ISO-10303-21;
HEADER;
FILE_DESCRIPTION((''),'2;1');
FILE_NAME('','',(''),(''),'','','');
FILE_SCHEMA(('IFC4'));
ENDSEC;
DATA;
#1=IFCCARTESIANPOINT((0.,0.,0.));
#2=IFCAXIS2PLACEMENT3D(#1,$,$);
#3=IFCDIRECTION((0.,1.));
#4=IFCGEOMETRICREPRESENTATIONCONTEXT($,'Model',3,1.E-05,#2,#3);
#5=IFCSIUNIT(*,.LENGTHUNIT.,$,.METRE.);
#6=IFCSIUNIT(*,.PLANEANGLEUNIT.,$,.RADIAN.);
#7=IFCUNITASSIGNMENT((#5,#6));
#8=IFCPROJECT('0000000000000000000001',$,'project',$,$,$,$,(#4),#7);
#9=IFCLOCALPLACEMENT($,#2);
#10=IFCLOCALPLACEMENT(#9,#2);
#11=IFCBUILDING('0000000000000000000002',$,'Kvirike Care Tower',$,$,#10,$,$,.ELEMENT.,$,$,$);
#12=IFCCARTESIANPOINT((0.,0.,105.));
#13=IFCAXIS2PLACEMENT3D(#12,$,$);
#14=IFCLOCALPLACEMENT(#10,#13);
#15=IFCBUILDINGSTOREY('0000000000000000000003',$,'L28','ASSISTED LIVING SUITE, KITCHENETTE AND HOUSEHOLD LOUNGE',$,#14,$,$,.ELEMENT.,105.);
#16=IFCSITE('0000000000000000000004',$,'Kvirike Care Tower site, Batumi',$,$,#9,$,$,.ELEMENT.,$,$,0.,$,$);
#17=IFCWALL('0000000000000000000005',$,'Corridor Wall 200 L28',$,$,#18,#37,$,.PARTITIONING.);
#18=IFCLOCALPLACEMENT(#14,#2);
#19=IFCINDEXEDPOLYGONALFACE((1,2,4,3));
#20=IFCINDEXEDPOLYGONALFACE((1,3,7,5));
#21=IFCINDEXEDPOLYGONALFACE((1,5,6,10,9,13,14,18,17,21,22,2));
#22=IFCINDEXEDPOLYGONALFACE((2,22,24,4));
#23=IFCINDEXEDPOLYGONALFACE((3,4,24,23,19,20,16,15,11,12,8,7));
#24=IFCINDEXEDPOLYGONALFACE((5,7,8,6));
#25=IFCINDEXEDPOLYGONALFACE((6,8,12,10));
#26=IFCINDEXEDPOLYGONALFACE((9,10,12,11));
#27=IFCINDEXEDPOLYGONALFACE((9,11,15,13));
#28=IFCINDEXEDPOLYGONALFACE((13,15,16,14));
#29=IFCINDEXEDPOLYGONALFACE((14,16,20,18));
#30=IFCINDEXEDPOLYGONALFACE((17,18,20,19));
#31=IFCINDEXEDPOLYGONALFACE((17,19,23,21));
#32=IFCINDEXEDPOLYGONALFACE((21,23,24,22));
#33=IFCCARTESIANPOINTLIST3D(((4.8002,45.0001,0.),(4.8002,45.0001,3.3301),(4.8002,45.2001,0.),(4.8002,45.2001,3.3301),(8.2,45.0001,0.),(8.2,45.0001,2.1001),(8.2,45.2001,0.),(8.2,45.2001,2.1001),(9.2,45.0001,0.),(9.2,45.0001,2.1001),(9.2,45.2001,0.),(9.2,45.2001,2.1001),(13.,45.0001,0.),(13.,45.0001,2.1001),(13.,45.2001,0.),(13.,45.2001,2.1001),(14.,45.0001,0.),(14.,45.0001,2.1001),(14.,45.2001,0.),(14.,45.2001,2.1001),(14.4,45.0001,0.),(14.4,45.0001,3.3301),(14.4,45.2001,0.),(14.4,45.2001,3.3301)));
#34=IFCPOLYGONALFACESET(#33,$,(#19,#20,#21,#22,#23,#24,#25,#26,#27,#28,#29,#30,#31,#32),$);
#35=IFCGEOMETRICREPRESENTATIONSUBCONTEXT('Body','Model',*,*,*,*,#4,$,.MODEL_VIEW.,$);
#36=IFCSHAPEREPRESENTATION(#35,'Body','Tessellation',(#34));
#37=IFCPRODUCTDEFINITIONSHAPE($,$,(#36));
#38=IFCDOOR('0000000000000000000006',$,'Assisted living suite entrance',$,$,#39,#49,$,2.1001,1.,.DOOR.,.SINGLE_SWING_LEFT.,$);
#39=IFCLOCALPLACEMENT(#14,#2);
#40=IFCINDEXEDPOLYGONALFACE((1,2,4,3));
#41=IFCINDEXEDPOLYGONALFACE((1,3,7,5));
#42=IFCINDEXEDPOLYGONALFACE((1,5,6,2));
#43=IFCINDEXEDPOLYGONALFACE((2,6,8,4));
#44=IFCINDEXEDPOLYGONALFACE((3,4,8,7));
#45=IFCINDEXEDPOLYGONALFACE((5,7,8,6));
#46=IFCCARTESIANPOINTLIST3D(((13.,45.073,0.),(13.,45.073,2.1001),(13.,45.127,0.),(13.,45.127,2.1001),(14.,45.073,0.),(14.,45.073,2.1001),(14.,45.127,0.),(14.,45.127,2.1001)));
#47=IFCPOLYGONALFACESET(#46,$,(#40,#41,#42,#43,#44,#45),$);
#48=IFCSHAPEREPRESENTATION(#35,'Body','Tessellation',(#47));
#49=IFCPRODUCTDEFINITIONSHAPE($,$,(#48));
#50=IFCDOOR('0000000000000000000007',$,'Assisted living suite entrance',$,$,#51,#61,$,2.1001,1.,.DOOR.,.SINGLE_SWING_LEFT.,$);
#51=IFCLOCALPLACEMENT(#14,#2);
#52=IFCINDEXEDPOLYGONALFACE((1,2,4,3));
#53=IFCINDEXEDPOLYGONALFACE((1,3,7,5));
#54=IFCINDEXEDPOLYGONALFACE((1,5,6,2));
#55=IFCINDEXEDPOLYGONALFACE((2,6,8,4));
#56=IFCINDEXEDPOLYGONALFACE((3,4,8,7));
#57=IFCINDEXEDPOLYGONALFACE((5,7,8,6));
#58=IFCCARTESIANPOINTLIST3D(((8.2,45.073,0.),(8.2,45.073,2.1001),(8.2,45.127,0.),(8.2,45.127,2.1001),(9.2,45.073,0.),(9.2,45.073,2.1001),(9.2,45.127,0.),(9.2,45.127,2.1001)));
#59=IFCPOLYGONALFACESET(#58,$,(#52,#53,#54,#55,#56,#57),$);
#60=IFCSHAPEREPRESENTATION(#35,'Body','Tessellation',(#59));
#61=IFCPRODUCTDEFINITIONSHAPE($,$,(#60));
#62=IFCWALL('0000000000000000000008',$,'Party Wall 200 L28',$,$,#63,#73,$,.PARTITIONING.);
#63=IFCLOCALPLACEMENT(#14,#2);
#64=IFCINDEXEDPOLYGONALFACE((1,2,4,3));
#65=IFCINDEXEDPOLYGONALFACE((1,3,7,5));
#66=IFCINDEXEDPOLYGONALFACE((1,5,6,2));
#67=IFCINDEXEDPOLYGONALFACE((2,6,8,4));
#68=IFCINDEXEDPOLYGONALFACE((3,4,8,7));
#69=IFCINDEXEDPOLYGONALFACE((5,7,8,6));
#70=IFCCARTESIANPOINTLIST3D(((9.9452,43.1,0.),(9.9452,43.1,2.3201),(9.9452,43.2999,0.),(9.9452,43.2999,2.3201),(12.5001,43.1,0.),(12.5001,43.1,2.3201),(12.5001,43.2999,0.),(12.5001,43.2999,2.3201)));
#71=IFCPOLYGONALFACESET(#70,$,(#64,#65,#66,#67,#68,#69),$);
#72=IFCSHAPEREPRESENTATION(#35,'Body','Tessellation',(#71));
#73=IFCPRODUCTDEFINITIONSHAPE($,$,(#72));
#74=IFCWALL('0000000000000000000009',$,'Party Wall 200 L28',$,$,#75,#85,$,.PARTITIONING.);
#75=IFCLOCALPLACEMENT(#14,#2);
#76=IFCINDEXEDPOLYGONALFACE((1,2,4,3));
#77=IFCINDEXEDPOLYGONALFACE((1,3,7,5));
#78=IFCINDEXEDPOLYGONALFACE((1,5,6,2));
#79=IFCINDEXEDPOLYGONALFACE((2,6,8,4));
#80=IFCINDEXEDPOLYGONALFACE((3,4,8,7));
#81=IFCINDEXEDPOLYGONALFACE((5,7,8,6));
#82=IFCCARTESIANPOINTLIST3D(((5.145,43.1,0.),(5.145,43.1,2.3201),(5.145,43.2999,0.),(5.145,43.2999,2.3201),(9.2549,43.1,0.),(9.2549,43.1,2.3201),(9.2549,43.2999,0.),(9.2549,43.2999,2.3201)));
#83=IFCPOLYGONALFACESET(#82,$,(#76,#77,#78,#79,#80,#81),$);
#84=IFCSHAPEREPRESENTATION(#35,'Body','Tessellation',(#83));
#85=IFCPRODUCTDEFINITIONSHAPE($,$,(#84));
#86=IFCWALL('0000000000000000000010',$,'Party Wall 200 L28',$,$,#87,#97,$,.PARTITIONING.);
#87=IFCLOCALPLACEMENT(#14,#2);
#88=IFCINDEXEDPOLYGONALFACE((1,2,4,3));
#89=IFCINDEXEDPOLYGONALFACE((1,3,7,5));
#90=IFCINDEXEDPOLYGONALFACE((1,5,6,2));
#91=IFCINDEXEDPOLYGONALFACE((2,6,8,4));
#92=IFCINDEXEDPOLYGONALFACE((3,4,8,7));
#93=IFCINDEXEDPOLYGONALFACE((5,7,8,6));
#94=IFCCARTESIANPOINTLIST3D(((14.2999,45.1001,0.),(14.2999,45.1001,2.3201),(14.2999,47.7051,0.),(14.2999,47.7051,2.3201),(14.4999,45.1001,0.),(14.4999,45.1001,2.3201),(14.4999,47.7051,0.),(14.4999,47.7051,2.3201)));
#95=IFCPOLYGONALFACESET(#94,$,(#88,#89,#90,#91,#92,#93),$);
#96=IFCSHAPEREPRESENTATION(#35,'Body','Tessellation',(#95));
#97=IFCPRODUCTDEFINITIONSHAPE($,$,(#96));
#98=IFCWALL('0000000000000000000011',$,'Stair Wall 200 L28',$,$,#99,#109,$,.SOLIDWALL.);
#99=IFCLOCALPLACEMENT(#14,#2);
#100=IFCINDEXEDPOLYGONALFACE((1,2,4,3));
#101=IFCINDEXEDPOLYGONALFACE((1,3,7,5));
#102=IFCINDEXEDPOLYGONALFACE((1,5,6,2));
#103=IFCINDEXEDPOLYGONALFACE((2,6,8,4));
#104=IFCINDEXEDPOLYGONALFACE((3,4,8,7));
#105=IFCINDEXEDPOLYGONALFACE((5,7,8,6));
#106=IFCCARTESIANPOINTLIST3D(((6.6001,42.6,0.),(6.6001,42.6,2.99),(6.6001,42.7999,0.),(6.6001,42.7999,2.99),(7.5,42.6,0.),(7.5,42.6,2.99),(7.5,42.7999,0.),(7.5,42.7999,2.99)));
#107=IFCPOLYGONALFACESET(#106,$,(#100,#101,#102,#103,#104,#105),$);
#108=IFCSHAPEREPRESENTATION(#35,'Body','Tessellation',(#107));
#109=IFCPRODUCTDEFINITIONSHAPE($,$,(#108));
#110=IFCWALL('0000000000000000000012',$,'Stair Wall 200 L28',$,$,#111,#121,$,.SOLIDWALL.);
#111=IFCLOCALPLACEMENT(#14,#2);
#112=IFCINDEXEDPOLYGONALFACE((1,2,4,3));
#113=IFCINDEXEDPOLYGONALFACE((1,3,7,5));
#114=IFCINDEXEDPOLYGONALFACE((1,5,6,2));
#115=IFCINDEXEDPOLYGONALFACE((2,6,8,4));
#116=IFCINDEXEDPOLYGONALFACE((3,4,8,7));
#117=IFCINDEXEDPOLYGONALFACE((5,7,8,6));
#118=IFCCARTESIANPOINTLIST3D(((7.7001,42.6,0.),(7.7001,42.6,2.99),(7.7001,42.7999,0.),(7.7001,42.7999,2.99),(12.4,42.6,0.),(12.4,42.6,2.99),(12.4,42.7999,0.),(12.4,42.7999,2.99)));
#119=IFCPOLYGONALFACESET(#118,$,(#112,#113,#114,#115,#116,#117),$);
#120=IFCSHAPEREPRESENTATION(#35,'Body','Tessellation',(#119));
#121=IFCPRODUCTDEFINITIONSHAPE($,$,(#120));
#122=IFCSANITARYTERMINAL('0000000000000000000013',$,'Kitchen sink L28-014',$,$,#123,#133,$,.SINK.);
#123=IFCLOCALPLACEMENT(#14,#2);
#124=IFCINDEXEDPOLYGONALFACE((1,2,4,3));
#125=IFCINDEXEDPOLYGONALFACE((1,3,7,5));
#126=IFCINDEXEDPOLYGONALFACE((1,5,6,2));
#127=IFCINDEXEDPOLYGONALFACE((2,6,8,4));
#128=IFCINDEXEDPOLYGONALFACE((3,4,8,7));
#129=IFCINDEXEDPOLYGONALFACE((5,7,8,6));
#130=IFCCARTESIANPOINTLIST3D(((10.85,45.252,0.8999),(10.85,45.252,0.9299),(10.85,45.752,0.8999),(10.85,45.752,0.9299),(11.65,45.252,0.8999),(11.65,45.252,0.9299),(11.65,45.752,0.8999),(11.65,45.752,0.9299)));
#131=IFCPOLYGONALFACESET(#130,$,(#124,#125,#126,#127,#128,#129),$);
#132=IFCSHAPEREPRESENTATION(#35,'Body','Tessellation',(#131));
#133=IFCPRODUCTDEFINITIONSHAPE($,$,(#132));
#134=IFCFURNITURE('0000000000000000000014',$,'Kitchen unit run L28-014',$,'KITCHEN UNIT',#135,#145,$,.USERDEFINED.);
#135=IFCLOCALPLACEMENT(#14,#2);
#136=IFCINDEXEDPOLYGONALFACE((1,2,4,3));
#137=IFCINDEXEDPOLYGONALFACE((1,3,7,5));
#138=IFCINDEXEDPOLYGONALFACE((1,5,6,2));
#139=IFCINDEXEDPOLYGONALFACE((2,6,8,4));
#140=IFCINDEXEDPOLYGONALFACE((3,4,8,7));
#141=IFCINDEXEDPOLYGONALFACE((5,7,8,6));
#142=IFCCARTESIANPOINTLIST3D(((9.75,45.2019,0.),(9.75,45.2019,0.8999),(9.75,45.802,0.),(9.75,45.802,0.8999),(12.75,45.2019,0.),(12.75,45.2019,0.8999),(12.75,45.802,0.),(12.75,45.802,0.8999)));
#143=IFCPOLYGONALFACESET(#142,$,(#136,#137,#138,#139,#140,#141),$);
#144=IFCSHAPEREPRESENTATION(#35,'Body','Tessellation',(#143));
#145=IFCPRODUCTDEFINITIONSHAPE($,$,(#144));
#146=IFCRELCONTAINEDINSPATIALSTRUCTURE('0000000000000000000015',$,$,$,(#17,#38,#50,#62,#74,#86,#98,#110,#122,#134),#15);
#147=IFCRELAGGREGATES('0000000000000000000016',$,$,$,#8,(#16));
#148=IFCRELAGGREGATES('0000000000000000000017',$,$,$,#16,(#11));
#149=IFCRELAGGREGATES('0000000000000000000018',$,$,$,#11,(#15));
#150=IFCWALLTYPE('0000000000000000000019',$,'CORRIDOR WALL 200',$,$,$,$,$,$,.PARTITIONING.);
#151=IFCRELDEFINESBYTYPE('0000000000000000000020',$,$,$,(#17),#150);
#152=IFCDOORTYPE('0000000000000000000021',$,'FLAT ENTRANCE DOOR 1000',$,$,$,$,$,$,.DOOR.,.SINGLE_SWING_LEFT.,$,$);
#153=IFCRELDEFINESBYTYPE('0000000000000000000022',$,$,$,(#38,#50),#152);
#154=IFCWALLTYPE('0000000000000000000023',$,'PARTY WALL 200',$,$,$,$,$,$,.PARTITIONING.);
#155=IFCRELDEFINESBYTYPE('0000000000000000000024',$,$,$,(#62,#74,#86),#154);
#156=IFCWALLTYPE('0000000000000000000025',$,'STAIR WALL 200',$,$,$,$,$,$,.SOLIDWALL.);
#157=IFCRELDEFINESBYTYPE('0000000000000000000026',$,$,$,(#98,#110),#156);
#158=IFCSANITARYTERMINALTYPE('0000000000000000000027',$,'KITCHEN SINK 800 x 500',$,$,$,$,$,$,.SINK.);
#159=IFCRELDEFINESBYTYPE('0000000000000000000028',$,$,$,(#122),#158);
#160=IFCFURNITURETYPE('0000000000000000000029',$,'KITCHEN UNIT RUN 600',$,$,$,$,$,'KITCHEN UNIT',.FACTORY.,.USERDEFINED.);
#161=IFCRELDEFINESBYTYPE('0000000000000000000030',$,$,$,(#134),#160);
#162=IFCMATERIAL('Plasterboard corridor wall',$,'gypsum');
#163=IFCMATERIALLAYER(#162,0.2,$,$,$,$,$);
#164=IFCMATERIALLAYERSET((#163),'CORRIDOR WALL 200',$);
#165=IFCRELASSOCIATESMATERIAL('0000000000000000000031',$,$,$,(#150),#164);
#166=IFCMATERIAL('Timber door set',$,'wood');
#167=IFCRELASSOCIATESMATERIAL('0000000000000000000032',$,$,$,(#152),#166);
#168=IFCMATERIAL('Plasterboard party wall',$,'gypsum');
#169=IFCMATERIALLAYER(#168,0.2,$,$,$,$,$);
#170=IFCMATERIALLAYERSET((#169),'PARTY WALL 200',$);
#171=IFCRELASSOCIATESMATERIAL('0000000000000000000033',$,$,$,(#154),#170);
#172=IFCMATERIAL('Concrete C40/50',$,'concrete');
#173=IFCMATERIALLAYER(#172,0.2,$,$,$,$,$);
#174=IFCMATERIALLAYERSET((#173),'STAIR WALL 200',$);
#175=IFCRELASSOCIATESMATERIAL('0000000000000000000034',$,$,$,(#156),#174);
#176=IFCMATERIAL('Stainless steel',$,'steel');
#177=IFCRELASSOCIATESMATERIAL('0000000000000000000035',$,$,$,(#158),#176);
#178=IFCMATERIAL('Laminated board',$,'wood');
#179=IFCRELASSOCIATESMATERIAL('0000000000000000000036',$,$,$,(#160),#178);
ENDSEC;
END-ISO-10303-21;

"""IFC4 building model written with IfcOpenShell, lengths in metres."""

from ifc_helpers import new_model, si_unit, direction, frame, frame_2d, origin, origin_2d, place, context, subcontext, project, spatial, rectangle, extrude, material, layer, layer_set, type_object, element, fill, save


model = new_model("IFC4")

# Units and contexts
model_context = context("Model", 3, precision=1e-05, world=origin(), true_north=direction((0.0, 1.0)))
body_context = subcontext(model_context, "Body", "Model", "MODEL_VIEW")
ifc_project = project(units=[si_unit("LENGTHUNIT", "METRE"), si_unit("PLANEANGLEUNIT", "RADIAN")], contexts=[model_context])

# Site, building, storey
site_placement = place(None, origin())
site = spatial("IfcSite", under=ifc_project, at=site_placement, Name="Kvirike Care Tower site, Batumi", CompositionType="ELEMENT", RefElevation=0.0)
building_placement = place(site_placement, origin())
building = spatial("IfcBuilding", under=site, at=building_placement, Name="Kvirike Care Tower", CompositionType="ELEMENT")
storey_placement = place(building_placement, frame((0.0, 0.0, 105.0)))
storey = spatial("IfcBuildingStorey", under=building, at=storey_placement, Name="L28", Description="ASSISTED LIVING SUITE, KITCHENETTE AND HOUSEHOLD LOUNGE", CompositionType="ELEMENT", Elevation=105.0)

# Wall, openings, doors
ifc_material_1 = material(Name="Plasterboard corridor wall", Category="gypsum")
ifc_layer_1 = layer(ifc_material_1, 0.2)
ifc_layer_set_1 = layer_set([ifc_layer_1], Name="CORRIDOR WALL 200")
wall_type_1 = type_object("IfcWallType", Name="CORRIDOR WALL 200", PredefinedType="PARTITIONING", material=ifc_layer_set_1)
ifc_material_2 = material(Name="Timber door set", Category="wood")
door_type_1 = type_object("IfcDoorType", Name="FLAT ENTRANCE DOOR 1000", OperationType="SINGLE_SWING_LEFT", PredefinedType="DOOR", material=ifc_material_2)
wall_1_placement = place(storey_placement, frame((14.3999, 45.1001, 0.0), z_axis=(0.0, 0.0, 1.0), x_axis=(-1.0, 0.0, 0.0)))
wall_1 = element("IfcWall", 1, at=wall_1_placement, inside=storey, type_object=wall_type_1, Name="Corridor Wall 200 L28", PredefinedType="PARTITIONING", context=body_context, shape_type="SweptSolid", body=[
    extrude(rectangle(XDim=9.5999, YDim=0.2, at=frame_2d((4.7998, 0.0))), origin(), (0.0, 0.0, 1.0), 3.3301),
])
opening_1_placement = place(wall_1_placement, frame((0.3999, 0.0, 0.0)))
opening_1 = element("IfcOpeningElement", 2, at=opening_1_placement, cuts=wall_1, PredefinedType="OPENING", context=body_context, shape_type="SweptSolid", body=[
    extrude(rectangle(XDim=1.0, YDim=2.1001, at=frame_2d((0.5, 1.05))), frame((0.0, 0.1106, 0.0), z_axis=(0.0, -1.0, 0.0), x_axis=(1.0, 0.0, 0.0)), (0.0, 0.0, 1.0), 0.2209),
])
opening_2_placement = place(wall_1_placement, frame((5.2, 0.0, 0.0)))
opening_2 = element("IfcOpeningElement", 3, at=opening_2_placement, cuts=wall_1, PredefinedType="OPENING", context=body_context, shape_type="SweptSolid", body=[
    extrude(rectangle(XDim=1.0, YDim=2.1001, at=frame_2d((0.5, 1.05))), frame((0.0, 0.1106, 0.0), z_axis=(0.0, -1.0, 0.0), x_axis=(1.0, 0.0, 0.0)), (0.0, 0.0, 1.0), 0.2209),
])
door_1_placement = place(opening_1_placement, frame((1.0, 0.0, 0.0), z_axis=(0.0, 0.0, 1.0), x_axis=(-1.0, 0.0, 0.0)))
door_1 = element("IfcDoor", 4, at=door_1_placement, inside=storey, type_object=door_type_1, Name="Assisted living suite entrance", OperationType="SINGLE_SWING_LEFT", OverallHeight=2.1001, OverallWidth=1.0, PredefinedType="DOOR", context=body_context, shape_type="SweptSolid", body=[
    extrude(rectangle(XDim=1.0, YDim=2.1001, at=frame_2d((0.5, 1.05))), frame((0.0, 0.0269, 0.0), z_axis=(0.0, -1.0, 0.0), x_axis=(1.0, 0.0, 0.0)), (0.0, 0.0, 1.0), 0.054),
])
fill(opening_1, door_1)
door_2_placement = place(opening_2_placement, frame((1.0, 0.0, 0.0), z_axis=(0.0, 0.0, 1.0), x_axis=(-1.0, 0.0, 0.0)))
door_2 = element("IfcDoor", 5, at=door_2_placement, inside=storey, type_object=door_type_1, Name="Assisted living suite entrance", OperationType="SINGLE_SWING_LEFT", OverallHeight=2.1001, OverallWidth=1.0, PredefinedType="DOOR", context=body_context, shape_type="SweptSolid", body=[
    extrude(rectangle(XDim=1.0, YDim=2.1001, at=frame_2d((0.5, 1.05))), frame((0.0, 0.0269, 0.0), z_axis=(0.0, -1.0, 0.0), x_axis=(1.0, 0.0, 0.0)), (0.0, 0.0, 1.0), 0.054),
])
fill(opening_2, door_2)

# Walls
ifc_material_3 = material(Name="Plasterboard party wall", Category="gypsum")
ifc_layer_2 = layer(ifc_material_3, 0.2)
ifc_layer_set_2 = layer_set([ifc_layer_2], Name="PARTY WALL 200")
wall_type_2 = type_object("IfcWallType", Name="PARTY WALL 200", PredefinedType="PARTITIONING", material=ifc_layer_set_2)
wall_2_placement = place(storey_placement, frame((12.5, 43.2, 0.0), z_axis=(0.0, 0.0, 1.0), x_axis=(-1.0, 0.0, 0.0)))
element("IfcWall", 6, at=wall_2_placement, inside=storey, type_object=wall_type_2, Name="Party Wall 200 L28", PredefinedType="PARTITIONING", context=body_context, shape_type="SweptSolid", body=[
    extrude(rectangle(XDim=2.5549, YDim=0.2, at=frame_2d((1.2773, 0.0))), origin(), (0.0, 0.0, 1.0), 2.3201),
])
wall_3_placement = place(storey_placement, frame((9.2549, 43.2, 0.0), z_axis=(0.0, 0.0, 1.0), x_axis=(-1.0, 0.0, 0.0)))
element("IfcWall", 7, at=wall_3_placement, inside=storey, type_object=wall_type_2, Name="Party Wall 200 L28", PredefinedType="PARTITIONING", context=body_context, shape_type="SweptSolid", body=[
    extrude(rectangle(XDim=4.1099, YDim=0.2, at=frame_2d((2.0549, 0.0))), origin(), (0.0, 0.0, 1.0), 2.3201),
])
wall_4_placement = place(storey_placement, frame((14.3999, 45.1001, 0.0), z_axis=(0.0, 0.0, 1.0), x_axis=(0.0, 1.0, 0.0)))
element("IfcWall", 8, at=wall_4_placement, inside=storey, type_object=wall_type_2, Name="Party Wall 200 L28", PredefinedType="PARTITIONING", context=body_context, shape_type="SweptSolid", body=[
    extrude(rectangle(XDim=2.605, YDim=0.2, at=frame_2d((1.3025, 0.0))), origin(), (0.0, 0.0, 1.0), 2.3201),
])
ifc_material_4 = material(Name="Concrete C40/50", Category="concrete")
ifc_layer_3 = layer(ifc_material_4, 0.2)
ifc_layer_set_3 = layer_set([ifc_layer_3], Name="STAIR WALL 200")
wall_type_3 = type_object("IfcWallType", Name="STAIR WALL 200", PredefinedType="SOLIDWALL", material=ifc_layer_set_3)
wall_5_placement = place(storey_placement, frame((6.6001, 42.7, 0.0), z_axis=(0.0, 0.0, 1.0), x_axis=(1.0, 0.0, 0.0)))
element("IfcWall", 9, at=wall_5_placement, inside=storey, type_object=wall_type_3, Name="Stair Wall 200 L28", PredefinedType="SOLIDWALL", context=body_context, shape_type="SweptSolid", body=[
    extrude(rectangle(XDim=0.8999, YDim=0.2, at=frame_2d((0.45, 0.0))), origin(), (0.0, 0.0, 1.0), 2.99),
])
wall_6_placement = place(storey_placement, frame((7.7, 42.7, 0.0), z_axis=(0.0, 0.0, 1.0), x_axis=(1.0, 0.0, 0.0)))
element("IfcWall", 10, at=wall_6_placement, inside=storey, type_object=wall_type_3, Name="Stair Wall 200 L28", PredefinedType="SOLIDWALL", context=body_context, shape_type="SweptSolid", body=[
    extrude(rectangle(XDim=4.7, YDim=0.2, at=frame_2d((2.3501, 0.0))), origin(), (0.0, 0.0, 1.0), 2.99),
])

# Sanitary terminal
ifc_material_5 = material(Name="Stainless steel", Category="steel")
sanitary_terminal_type = type_object("IfcSanitaryTerminalType", Name="KITCHEN SINK 800 x 500", PredefinedType="SINK", material=ifc_material_5)
sanitary_terminal_placement = place(storey_placement, frame((11.25, 45.502, 0.8999), z_axis=(0.0, 0.0, 1.0), x_axis=(-1.0, 0.0, 0.0)))
element("IfcSanitaryTerminal", 11, at=sanitary_terminal_placement, inside=storey, type_object=sanitary_terminal_type, Name="Kitchen sink L28-014", PredefinedType="SINK", context=body_context, shape_type="SweptSolid", body=[
    extrude(rectangle(XDim=0.8, YDim=0.5, at=origin_2d()), origin(), (0.0, 0.0, 1.0), 0.03),
])

# Furniture
ifc_material_6 = material(Name="Laminated board", Category="wood")
furniture_type = type_object("IfcFurnitureType", Name="KITCHEN UNIT RUN 600", ElementType="KITCHEN UNIT", AssemblyPlace="FACTORY", PredefinedType="USERDEFINED", material=ifc_material_6)
furniture_placement = place(storey_placement, frame((11.25, 45.502, 0.0), z_axis=(0.0, 0.0, 1.0), x_axis=(-1.0, 0.0, 0.0)))
element("IfcFurniture", 12, at=furniture_placement, inside=storey, type_object=furniture_type, Name="Kitchen unit run L28-014", ObjectType="KITCHEN UNIT", PredefinedType="USERDEFINED", context=body_context, shape_type="SweptSolid", body=[
    extrude(rectangle(XDim=3.0, YDim=0.6001, at=origin_2d()), origin(), (0.0, 0.0, 1.0), 0.8999),
])

save(model, "model.ifc")
